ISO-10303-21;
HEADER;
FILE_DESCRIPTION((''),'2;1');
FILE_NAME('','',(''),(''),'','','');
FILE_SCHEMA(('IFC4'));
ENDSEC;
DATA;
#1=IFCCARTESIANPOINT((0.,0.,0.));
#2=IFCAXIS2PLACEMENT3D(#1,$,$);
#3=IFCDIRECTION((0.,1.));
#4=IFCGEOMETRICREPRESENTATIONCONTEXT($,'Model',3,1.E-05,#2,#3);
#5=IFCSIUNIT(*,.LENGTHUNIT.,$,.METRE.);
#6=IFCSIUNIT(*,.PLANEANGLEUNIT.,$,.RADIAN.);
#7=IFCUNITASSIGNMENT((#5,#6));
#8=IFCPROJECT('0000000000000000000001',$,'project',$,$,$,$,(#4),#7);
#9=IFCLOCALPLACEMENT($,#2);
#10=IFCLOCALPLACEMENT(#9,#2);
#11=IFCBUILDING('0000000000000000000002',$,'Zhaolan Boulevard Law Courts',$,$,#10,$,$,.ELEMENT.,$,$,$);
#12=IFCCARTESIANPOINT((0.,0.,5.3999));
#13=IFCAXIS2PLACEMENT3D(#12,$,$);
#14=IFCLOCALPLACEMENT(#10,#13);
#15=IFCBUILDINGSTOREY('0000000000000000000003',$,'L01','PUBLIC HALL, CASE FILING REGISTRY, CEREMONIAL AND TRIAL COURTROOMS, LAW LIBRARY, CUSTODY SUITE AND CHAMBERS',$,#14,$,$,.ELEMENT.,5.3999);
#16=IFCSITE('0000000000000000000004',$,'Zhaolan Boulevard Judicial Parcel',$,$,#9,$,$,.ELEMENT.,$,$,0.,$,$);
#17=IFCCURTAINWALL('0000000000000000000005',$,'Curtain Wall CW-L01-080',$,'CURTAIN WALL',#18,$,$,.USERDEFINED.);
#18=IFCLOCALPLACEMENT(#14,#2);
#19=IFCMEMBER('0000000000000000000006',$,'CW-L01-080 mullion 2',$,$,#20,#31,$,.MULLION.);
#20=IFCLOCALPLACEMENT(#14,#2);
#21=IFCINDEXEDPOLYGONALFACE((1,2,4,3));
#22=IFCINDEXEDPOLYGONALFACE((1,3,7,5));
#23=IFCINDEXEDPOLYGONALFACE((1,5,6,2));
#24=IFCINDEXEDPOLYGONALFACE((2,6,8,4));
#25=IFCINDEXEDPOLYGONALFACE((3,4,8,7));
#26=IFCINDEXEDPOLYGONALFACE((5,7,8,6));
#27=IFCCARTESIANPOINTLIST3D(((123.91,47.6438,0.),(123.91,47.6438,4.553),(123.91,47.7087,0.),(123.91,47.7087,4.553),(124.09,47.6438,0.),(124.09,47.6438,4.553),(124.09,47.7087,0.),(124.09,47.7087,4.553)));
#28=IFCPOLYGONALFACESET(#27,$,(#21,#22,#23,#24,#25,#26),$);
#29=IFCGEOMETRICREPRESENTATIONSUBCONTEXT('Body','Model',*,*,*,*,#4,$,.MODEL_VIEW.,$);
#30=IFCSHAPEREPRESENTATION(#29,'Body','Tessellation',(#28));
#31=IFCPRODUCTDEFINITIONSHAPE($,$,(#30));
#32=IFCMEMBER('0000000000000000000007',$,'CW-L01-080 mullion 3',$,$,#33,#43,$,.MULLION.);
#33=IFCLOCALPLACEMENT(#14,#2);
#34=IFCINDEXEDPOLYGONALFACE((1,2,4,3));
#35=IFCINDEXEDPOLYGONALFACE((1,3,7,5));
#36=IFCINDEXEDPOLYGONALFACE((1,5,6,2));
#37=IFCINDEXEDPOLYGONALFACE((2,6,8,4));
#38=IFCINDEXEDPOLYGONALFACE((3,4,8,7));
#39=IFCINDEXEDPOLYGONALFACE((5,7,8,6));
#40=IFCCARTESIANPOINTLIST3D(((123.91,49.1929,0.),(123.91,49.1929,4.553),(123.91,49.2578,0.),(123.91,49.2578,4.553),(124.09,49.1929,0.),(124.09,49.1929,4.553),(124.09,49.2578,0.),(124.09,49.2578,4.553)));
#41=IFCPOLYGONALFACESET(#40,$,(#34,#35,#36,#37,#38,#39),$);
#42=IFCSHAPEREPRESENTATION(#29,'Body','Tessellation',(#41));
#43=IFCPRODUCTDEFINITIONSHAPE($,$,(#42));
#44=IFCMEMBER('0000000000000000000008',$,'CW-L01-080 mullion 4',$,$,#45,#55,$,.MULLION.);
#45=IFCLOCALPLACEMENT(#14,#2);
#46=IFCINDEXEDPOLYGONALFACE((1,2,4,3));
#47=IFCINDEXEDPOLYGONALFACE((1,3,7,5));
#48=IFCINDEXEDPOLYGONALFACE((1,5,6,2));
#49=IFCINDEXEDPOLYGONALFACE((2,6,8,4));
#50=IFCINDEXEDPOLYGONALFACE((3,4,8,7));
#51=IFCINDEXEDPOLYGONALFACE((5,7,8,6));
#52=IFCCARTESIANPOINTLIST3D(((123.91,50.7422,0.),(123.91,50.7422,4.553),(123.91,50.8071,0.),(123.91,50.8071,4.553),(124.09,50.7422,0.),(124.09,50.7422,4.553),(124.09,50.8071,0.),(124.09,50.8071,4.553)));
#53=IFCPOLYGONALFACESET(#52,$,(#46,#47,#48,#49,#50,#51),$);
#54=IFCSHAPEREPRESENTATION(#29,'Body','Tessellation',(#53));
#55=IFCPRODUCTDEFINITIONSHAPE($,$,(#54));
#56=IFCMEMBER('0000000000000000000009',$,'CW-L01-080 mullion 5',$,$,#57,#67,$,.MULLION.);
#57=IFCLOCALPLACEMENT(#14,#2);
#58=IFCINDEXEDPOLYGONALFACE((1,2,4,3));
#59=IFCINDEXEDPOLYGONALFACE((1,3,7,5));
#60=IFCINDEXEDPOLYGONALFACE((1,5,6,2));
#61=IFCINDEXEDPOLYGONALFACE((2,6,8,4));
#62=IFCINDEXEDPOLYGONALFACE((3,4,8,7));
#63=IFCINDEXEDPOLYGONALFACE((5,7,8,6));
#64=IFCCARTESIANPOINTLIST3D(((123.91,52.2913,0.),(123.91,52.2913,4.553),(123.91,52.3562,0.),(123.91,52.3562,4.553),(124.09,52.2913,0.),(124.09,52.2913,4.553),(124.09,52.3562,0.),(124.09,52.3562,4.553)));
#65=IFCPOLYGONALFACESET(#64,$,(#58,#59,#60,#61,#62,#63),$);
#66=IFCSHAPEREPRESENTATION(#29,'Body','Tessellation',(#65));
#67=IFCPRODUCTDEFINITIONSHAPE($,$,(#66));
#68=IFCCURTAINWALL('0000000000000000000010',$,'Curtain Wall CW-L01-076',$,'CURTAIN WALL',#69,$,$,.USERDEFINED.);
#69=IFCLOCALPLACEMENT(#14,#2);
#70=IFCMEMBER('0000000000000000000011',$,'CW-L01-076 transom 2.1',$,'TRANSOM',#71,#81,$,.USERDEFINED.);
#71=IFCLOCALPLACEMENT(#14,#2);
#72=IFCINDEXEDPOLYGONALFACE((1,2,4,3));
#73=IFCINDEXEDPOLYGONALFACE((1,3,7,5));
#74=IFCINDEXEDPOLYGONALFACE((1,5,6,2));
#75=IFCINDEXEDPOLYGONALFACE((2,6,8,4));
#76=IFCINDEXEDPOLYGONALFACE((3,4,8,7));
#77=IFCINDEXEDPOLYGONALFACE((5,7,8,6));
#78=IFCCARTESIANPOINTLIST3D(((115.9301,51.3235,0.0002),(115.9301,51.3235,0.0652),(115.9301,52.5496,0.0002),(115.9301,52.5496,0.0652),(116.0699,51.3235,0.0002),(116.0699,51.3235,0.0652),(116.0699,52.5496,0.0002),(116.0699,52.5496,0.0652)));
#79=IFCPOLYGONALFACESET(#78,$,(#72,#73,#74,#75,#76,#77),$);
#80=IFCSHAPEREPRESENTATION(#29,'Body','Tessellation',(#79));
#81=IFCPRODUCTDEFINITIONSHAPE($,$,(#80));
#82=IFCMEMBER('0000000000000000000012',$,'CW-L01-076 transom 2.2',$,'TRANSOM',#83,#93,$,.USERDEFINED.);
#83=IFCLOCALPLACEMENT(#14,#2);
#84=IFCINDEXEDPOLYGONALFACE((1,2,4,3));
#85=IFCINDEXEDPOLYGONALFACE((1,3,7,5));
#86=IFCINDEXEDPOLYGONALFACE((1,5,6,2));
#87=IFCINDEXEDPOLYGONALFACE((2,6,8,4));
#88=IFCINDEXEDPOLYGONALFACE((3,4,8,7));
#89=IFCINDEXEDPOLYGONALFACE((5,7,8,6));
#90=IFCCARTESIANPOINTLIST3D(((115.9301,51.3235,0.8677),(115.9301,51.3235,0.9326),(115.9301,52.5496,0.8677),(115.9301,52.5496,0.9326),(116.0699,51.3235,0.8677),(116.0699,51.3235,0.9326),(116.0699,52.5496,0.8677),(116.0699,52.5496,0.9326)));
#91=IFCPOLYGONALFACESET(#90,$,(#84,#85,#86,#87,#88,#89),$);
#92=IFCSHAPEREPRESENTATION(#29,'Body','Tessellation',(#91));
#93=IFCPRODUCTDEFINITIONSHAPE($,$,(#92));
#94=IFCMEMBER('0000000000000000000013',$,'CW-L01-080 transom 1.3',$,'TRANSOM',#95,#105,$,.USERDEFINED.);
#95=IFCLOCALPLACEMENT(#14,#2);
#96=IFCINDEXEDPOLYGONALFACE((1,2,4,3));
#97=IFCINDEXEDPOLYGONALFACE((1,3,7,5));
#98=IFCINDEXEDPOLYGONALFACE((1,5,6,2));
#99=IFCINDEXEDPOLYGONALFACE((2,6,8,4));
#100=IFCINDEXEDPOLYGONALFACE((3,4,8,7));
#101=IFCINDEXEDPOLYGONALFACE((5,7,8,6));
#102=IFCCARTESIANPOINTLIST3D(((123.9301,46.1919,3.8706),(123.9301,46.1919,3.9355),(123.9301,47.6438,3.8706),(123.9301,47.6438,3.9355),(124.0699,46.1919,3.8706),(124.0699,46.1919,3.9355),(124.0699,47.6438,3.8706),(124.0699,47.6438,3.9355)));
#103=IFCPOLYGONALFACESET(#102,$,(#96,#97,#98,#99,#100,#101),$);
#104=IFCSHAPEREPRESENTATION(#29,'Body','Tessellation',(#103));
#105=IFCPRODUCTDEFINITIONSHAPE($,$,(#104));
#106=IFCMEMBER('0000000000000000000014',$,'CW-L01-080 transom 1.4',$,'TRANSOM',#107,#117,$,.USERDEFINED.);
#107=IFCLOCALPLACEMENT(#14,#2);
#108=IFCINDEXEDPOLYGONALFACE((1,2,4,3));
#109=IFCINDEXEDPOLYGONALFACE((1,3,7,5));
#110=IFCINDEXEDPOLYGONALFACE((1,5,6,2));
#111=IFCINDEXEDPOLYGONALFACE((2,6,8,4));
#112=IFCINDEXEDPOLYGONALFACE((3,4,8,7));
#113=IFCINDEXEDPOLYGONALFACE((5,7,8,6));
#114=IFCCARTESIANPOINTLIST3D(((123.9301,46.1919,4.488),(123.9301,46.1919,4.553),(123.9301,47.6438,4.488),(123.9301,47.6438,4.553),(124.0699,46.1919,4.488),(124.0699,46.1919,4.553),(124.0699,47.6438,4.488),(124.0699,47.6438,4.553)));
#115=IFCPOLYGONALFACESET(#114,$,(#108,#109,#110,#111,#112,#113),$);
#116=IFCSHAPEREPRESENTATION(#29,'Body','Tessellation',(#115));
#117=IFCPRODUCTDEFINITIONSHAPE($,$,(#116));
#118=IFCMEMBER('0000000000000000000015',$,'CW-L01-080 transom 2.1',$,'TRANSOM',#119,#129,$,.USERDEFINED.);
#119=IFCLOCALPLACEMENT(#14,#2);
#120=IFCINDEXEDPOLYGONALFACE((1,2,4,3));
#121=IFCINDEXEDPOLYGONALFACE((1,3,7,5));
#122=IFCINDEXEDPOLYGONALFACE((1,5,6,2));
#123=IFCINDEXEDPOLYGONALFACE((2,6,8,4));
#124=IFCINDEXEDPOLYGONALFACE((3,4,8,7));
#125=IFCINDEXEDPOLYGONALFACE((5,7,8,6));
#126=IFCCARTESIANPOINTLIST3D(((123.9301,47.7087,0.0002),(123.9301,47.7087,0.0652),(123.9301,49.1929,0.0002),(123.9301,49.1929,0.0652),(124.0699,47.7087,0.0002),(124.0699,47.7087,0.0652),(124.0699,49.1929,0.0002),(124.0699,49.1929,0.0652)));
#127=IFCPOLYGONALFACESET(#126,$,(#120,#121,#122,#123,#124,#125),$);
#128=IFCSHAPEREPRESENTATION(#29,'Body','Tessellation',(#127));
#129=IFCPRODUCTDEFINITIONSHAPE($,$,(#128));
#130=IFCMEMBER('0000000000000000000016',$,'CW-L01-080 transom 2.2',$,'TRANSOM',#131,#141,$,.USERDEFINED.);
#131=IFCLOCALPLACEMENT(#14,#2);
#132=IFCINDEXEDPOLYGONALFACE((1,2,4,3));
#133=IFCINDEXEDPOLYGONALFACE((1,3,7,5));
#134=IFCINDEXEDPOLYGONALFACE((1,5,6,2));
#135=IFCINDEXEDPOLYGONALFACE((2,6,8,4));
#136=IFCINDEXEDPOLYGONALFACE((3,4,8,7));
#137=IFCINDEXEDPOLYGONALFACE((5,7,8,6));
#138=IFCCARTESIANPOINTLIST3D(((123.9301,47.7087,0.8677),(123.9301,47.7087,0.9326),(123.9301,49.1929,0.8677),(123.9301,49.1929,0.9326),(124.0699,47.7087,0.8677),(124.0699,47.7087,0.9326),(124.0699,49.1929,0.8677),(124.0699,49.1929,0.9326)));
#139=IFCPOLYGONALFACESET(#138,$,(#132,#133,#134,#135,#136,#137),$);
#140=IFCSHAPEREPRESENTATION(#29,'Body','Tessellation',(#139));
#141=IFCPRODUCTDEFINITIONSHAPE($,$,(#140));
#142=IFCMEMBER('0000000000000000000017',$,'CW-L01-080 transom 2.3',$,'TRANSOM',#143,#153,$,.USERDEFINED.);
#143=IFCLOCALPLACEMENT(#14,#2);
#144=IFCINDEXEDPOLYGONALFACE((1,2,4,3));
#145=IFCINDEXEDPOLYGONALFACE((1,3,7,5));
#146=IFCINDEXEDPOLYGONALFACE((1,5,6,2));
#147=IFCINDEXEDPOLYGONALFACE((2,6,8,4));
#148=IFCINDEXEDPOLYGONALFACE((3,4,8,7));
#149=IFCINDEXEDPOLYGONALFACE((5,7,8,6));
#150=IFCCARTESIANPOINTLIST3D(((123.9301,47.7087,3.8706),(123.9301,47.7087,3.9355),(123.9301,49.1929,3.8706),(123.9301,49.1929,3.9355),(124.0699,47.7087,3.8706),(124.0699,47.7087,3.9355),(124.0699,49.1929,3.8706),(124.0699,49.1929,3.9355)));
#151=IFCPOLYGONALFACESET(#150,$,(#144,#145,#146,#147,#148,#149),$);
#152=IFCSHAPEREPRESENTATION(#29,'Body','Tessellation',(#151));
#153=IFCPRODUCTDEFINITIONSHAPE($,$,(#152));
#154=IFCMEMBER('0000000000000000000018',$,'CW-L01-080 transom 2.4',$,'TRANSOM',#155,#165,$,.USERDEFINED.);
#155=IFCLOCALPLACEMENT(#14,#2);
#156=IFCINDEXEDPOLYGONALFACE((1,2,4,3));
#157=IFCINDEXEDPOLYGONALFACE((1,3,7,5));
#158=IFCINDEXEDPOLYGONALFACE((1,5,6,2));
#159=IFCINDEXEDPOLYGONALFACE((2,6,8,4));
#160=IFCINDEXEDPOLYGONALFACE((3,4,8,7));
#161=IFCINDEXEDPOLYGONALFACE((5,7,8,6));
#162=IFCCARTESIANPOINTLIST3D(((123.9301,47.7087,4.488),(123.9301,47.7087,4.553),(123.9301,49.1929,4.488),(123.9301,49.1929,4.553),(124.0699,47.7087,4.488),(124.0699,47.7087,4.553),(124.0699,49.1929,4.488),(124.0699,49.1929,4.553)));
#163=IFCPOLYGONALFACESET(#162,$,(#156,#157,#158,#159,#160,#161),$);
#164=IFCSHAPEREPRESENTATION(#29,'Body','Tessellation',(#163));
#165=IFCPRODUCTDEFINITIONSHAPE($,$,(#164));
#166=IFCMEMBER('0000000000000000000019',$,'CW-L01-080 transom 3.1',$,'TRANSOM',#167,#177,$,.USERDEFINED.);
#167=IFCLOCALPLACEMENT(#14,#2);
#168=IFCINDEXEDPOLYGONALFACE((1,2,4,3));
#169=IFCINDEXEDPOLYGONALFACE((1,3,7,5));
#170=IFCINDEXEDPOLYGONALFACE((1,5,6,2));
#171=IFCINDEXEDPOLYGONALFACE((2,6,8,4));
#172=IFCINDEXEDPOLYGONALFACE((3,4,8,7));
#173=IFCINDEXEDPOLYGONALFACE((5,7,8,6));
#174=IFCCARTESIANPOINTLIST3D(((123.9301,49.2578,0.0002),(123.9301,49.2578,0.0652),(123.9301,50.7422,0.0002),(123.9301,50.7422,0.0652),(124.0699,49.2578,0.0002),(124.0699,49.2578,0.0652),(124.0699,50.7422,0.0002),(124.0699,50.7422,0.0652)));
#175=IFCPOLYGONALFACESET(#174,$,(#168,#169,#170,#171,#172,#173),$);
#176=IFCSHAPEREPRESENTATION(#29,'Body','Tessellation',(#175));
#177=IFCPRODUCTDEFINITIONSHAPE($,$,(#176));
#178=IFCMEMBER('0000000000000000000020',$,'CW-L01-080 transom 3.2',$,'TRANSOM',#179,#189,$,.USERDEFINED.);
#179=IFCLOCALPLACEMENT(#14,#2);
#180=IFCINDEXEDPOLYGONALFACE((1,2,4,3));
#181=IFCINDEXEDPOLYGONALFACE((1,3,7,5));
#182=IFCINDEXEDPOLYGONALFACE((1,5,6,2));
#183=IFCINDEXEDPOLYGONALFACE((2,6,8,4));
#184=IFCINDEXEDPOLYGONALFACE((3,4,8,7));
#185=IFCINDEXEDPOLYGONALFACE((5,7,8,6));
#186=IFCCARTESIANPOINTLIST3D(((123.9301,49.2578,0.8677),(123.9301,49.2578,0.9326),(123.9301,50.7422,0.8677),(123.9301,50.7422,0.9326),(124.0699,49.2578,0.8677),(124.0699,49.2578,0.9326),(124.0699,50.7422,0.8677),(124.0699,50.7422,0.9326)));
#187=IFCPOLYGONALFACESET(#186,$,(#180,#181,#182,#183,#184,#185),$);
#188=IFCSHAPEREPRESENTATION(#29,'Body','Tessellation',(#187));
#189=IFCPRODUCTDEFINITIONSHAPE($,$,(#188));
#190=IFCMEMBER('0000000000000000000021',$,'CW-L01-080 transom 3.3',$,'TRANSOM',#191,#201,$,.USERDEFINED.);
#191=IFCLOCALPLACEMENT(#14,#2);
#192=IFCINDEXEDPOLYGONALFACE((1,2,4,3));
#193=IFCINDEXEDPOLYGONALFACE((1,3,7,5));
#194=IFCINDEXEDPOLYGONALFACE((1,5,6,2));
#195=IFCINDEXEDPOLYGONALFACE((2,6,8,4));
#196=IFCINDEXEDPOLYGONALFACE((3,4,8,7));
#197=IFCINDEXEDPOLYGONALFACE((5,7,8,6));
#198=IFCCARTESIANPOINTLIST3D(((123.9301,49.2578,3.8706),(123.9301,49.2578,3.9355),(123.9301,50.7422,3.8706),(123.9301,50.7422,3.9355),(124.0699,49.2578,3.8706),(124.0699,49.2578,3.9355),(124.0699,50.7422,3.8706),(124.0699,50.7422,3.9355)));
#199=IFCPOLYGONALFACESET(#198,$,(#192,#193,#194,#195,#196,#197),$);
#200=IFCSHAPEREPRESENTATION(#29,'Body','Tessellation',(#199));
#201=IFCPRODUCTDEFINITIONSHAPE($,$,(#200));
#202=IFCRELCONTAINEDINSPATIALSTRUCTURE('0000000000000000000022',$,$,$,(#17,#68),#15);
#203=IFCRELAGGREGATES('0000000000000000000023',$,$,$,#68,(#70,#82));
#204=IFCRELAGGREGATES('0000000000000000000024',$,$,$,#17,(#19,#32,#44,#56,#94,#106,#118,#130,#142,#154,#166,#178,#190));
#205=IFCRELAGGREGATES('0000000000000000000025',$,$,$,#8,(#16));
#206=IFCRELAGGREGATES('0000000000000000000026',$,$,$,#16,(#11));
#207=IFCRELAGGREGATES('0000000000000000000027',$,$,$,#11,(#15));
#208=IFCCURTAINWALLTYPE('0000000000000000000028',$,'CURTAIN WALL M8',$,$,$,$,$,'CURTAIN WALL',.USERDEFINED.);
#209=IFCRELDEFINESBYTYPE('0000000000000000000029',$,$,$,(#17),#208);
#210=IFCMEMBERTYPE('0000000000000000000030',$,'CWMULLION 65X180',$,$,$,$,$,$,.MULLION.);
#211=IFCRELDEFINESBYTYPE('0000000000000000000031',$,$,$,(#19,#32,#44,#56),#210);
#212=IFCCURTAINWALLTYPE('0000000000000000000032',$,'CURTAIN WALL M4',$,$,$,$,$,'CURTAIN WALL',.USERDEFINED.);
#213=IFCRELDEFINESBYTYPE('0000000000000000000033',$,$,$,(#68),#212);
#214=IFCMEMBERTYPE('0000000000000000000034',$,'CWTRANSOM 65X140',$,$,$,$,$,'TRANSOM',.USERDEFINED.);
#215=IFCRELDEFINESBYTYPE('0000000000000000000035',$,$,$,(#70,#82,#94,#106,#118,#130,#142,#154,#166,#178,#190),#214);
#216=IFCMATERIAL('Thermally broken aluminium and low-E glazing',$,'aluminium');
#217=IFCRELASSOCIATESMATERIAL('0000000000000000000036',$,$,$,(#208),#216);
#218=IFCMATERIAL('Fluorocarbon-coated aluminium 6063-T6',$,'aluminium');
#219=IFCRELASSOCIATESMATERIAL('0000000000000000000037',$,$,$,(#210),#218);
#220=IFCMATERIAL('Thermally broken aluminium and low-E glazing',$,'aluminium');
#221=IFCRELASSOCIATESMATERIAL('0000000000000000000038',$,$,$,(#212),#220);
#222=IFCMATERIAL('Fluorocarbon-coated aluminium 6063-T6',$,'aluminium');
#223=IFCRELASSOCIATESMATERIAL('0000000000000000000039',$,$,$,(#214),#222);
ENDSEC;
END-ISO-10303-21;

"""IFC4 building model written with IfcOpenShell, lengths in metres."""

from ifc_helpers import new_model, si_unit, direction, frame, origin, origin_2d, place, context, subcontext, project, spatial, rectangle, extrude, material, material_profile, profile_set, type_object, element, aggregate, save


model = new_model("IFC4")

# Units and contexts
model_context = context("Model", 3, precision=1e-05, world=origin(), true_north=direction((0.0, 1.0)))
body_context = subcontext(model_context, "Body", "Model", "MODEL_VIEW")
ifc_project = project(units=[si_unit("LENGTHUNIT", "METRE"), si_unit("PLANEANGLEUNIT", "RADIAN")], contexts=[model_context])

# Site, building, storey
site_placement = place(None, origin())
site = spatial("IfcSite", under=ifc_project, at=site_placement, Name="Zhaolan Boulevard Judicial Parcel", CompositionType="ELEMENT", RefElevation=0.0)
building_placement = place(site_placement, origin())
building = spatial("IfcBuilding", under=site, at=building_placement, Name="Zhaolan Boulevard Law Courts", CompositionType="ELEMENT")
storey_placement = place(building_placement, frame((0.0, 0.0, 5.3999)))
storey = spatial("IfcBuildingStorey", under=building, at=storey_placement, Name="L01", Description="PUBLIC HALL, CASE FILING REGISTRY, CEREMONIAL AND TRIAL COURTROOMS, LAW LIBRARY, CUSTODY SUITE AND CHAMBERS", CompositionType="ELEMENT", Elevation=5.3999)

# Curtain walls, members
ifc_material_1 = material(Name="Thermally broken aluminium and low-E glazing", Category="aluminium")
curtain_wall_type_1 = type_object("IfcCurtainWallType", Name="CURTAIN WALL M8", ElementType="CURTAIN WALL", PredefinedType="USERDEFINED", material=ifc_material_1)
curtain_wall_1_placement = place(storey_placement, origin())
curtain_wall_1 = element("IfcCurtainWall", 1, at=curtain_wall_1_placement, inside=storey, type_object=curtain_wall_type_1, Name="Curtain Wall CW-L01-080", ObjectType="CURTAIN WALL", PredefinedType="USERDEFINED")
ifc_material_2 = material(Name="Fluorocarbon-coated aluminium 6063-T6", Category="aluminium")
ifc_material_profile_1 = material_profile(ifc_material_2, rectangle(XDim=0.1799, YDim=0.0649, at=origin_2d()), Name="AL65x180")
ifc_profile_set_1 = profile_set([ifc_material_profile_1], Name="Fluorocarbon-coated aluminium 6063-T6")
member_type_1 = type_object("IfcMemberType", Name="CWMULLION 65X180", PredefinedType="MULLION", material=ifc_profile_set_1)
member_1_placement = place(storey_placement, frame((124.0, 47.6763, 0.0), z_axis=(0.0, 0.0, 1.0), x_axis=(-1.0, 0.0, 0.0)))
member_1 = element("IfcMember", 2, at=member_1_placement, type_object=member_type_1, Name="CW-L01-080 mullion 2", PredefinedType="MULLION", context=body_context, shape_type="SweptSolid", body=[
    extrude(rectangle(XDim=0.1799, YDim=0.0649, at=origin_2d()), origin(), (0.0, 0.0, 1.0), 4.553),
])
member_2_placement = place(storey_placement, frame((124.0, 49.2253, 0.0), z_axis=(0.0, 0.0, 1.0), x_axis=(-1.0, 0.0, 0.0)))
member_2 = element("IfcMember", 3, at=member_2_placement, type_object=member_type_1, Name="CW-L01-080 mullion 3", PredefinedType="MULLION", context=body_context, shape_type="SweptSolid", body=[
    extrude(rectangle(XDim=0.1799, YDim=0.0649, at=origin_2d()), origin(), (0.0, 0.0, 1.0), 4.553),
])
member_3_placement = place(storey_placement, frame((124.0, 50.7747, 0.0), z_axis=(0.0, 0.0, 1.0), x_axis=(-1.0, 0.0, 0.0)))
member_3 = element("IfcMember", 4, at=member_3_placement, type_object=member_type_1, Name="CW-L01-080 mullion 4", PredefinedType="MULLION", context=body_context, shape_type="SweptSolid", body=[
    extrude(rectangle(XDim=0.1799, YDim=0.0649, at=origin_2d()), origin(), (0.0, 0.0, 1.0), 4.553),
])
member_4_placement = place(storey_placement, frame((124.0, 52.3237, 0.0), z_axis=(0.0, 0.0, 1.0), x_axis=(-1.0, 0.0, 0.0)))
member_4 = element("IfcMember", 5, at=member_4_placement, type_object=member_type_1, Name="CW-L01-080 mullion 5", PredefinedType="MULLION", context=body_context, shape_type="SweptSolid", body=[
    extrude(rectangle(XDim=0.1799, YDim=0.0649, at=origin_2d()), origin(), (0.0, 0.0, 1.0), 4.553),
])
ifc_material_3 = material(Name="Thermally broken aluminium and low-E glazing", Category="aluminium")
curtain_wall_type_2 = type_object("IfcCurtainWallType", Name="CURTAIN WALL M4", ElementType="CURTAIN WALL", PredefinedType="USERDEFINED", material=ifc_material_3)
curtain_wall_2_placement = place(storey_placement, origin())
curtain_wall_2 = element("IfcCurtainWall", 6, at=curtain_wall_2_placement, inside=storey, type_object=curtain_wall_type_2, Name="Curtain Wall CW-L01-076", ObjectType="CURTAIN WALL", PredefinedType="USERDEFINED")
ifc_material_4 = material(Name="Fluorocarbon-coated aluminium 6063-T6", Category="aluminium")
ifc_material_profile_2 = material_profile(ifc_material_4, rectangle(XDim=0.1399, YDim=0.0649, at=origin_2d()), Name="AL65x140")
ifc_profile_set_2 = profile_set([ifc_material_profile_2], Name="Fluorocarbon-coated aluminium 6063-T6")
member_type_2 = type_object("IfcMemberType", Name="CWTRANSOM 65X140", ElementType="TRANSOM", PredefinedType="USERDEFINED", material=ifc_profile_set_2)
member_5_placement = place(storey_placement, frame((116.0, 52.5496, 0.0327), z_axis=(0.0, -1.0, 0.0), x_axis=(1.0, 0.0, 0.0)))
member_5 = element("IfcMember", 7, at=member_5_placement, type_object=member_type_2, Name="CW-L01-076 transom 2.1", ObjectType="TRANSOM", PredefinedType="USERDEFINED", context=body_context, shape_type="SweptSolid", body=[
    extrude(rectangle(XDim=0.1399, YDim=0.0649, at=origin_2d()), origin(), (0.0, 0.0, 1.0), 1.2261),
])
member_6_placement = place(storey_placement, frame((116.0, 52.5496, 0.9001), z_axis=(0.0, -1.0, 0.0), x_axis=(1.0, 0.0, 0.0)))
member_6 = element("IfcMember", 8, at=member_6_placement, type_object=member_type_2, Name="CW-L01-076 transom 2.2", ObjectType="TRANSOM", PredefinedType="USERDEFINED", context=body_context, shape_type="SweptSolid", body=[
    extrude(rectangle(XDim=0.1399, YDim=0.0649, at=origin_2d()), origin(), (0.0, 0.0, 1.0), 1.2261),
])

# Members
member_7_placement = place(storey_placement, frame((124.0, 46.1919, 3.9031), z_axis=(0.0, 1.0, 0.0), x_axis=(-1.0, 0.0, 0.0)))
member_7 = element("IfcMember", 9, at=member_7_placement, type_object=member_type_2, Name="CW-L01-080 transom 1.3", ObjectType="TRANSOM", PredefinedType="USERDEFINED", context=body_context, shape_type="SweptSolid", body=[
    extrude(rectangle(XDim=0.1399, YDim=0.0649, at=origin_2d()), origin(), (0.0, 0.0, 1.0), 1.4519),
])
member_8_placement = place(storey_placement, frame((124.0, 46.1919, 4.5205), z_axis=(0.0, 1.0, 0.0), x_axis=(-1.0, 0.0, 0.0)))
member_8 = element("IfcMember", 10, at=member_8_placement, type_object=member_type_2, Name="CW-L01-080 transom 1.4", ObjectType="TRANSOM", PredefinedType="USERDEFINED", context=body_context, shape_type="SweptSolid", body=[
    extrude(rectangle(XDim=0.1399, YDim=0.0649, at=origin_2d()), origin(), (0.0, 0.0, 1.0), 1.4519),
])
member_9_placement = place(storey_placement, frame((124.0, 47.7087, 0.0327), z_axis=(0.0, 1.0, 0.0), x_axis=(-1.0, 0.0, 0.0)))
member_9 = element("IfcMember", 11, at=member_9_placement, type_object=member_type_2, Name="CW-L01-080 transom 2.1", ObjectType="TRANSOM", PredefinedType="USERDEFINED", context=body_context, shape_type="SweptSolid", body=[
    extrude(rectangle(XDim=0.1399, YDim=0.0649, at=origin_2d()), origin(), (0.0, 0.0, 1.0), 1.4841),
])
member_10_placement = place(storey_placement, frame((124.0, 47.7087, 0.9001), z_axis=(0.0, 1.0, 0.0), x_axis=(-1.0, 0.0, 0.0)))
member_10 = element("IfcMember", 12, at=member_10_placement, type_object=member_type_2, Name="CW-L01-080 transom 2.2", ObjectType="TRANSOM", PredefinedType="USERDEFINED", context=body_context, shape_type="SweptSolid", body=[
    extrude(rectangle(XDim=0.1399, YDim=0.0649, at=origin_2d()), origin(), (0.0, 0.0, 1.0), 1.4841),
])
member_11_placement = place(storey_placement, frame((124.0, 47.7087, 3.9031), z_axis=(0.0, 1.0, 0.0), x_axis=(-1.0, 0.0, 0.0)))
member_11 = element("IfcMember", 13, at=member_11_placement, type_object=member_type_2, Name="CW-L01-080 transom 2.3", ObjectType="TRANSOM", PredefinedType="USERDEFINED", context=body_context, shape_type="SweptSolid", body=[
    extrude(rectangle(XDim=0.1399, YDim=0.0649, at=origin_2d()), origin(), (0.0, 0.0, 1.0), 1.4841),
])
member_12_placement = place(storey_placement, frame((124.0, 47.7087, 4.5205), z_axis=(0.0, 1.0, 0.0), x_axis=(-1.0, 0.0, 0.0)))
member_12 = element("IfcMember", 14, at=member_12_placement, type_object=member_type_2, Name="CW-L01-080 transom 2.4", ObjectType="TRANSOM", PredefinedType="USERDEFINED", context=body_context, shape_type="SweptSolid", body=[
    extrude(rectangle(XDim=0.1399, YDim=0.0649, at=origin_2d()), origin(), (0.0, 0.0, 1.0), 1.4841),
])
member_13_placement = place(storey_placement, frame((124.0, 49.2578, 0.0327), z_axis=(0.0, 1.0, 0.0), x_axis=(-1.0, 0.0, 0.0)))
member_13 = element("IfcMember", 15, at=member_13_placement, type_object=member_type_2, Name="CW-L01-080 transom 3.1", ObjectType="TRANSOM", PredefinedType="USERDEFINED", context=body_context, shape_type="SweptSolid", body=[
    extrude(rectangle(XDim=0.1399, YDim=0.0649, at=origin_2d()), origin(), (0.0, 0.0, 1.0), 1.4844),
])
member_14_placement = place(storey_placement, frame((124.0, 49.2578, 0.9001), z_axis=(0.0, 1.0, 0.0), x_axis=(-1.0, 0.0, 0.0)))
member_14 = element("IfcMember", 16, at=member_14_placement, type_object=member_type_2, Name="CW-L01-080 transom 3.2", ObjectType="TRANSOM", PredefinedType="USERDEFINED", context=body_context, shape_type="SweptSolid", body=[
    extrude(rectangle(XDim=0.1399, YDim=0.0649, at=origin_2d()), origin(), (0.0, 0.0, 1.0), 1.4844),
])
member_15_placement = place(storey_placement, frame((124.0, 49.2578, 3.9031), z_axis=(0.0, 1.0, 0.0), x_axis=(-1.0, 0.0, 0.0)))
member_15 = element("IfcMember", 17, at=member_15_placement, type_object=member_type_2, Name="CW-L01-080 transom 3.3", ObjectType="TRANSOM", PredefinedType="USERDEFINED", context=body_context, shape_type="SweptSolid", body=[
    extrude(rectangle(XDim=0.1399, YDim=0.0649, at=origin_2d()), origin(), (0.0, 0.0, 1.0), 1.4844),
])

aggregate(curtain_wall_2, [member_5, member_6])
aggregate(curtain_wall_1, [member_1, member_2, member_3, member_4, member_7, member_8, member_9, member_10, member_11, member_12, member_13, member_14, member_15])

save(model, "model.ifc")
